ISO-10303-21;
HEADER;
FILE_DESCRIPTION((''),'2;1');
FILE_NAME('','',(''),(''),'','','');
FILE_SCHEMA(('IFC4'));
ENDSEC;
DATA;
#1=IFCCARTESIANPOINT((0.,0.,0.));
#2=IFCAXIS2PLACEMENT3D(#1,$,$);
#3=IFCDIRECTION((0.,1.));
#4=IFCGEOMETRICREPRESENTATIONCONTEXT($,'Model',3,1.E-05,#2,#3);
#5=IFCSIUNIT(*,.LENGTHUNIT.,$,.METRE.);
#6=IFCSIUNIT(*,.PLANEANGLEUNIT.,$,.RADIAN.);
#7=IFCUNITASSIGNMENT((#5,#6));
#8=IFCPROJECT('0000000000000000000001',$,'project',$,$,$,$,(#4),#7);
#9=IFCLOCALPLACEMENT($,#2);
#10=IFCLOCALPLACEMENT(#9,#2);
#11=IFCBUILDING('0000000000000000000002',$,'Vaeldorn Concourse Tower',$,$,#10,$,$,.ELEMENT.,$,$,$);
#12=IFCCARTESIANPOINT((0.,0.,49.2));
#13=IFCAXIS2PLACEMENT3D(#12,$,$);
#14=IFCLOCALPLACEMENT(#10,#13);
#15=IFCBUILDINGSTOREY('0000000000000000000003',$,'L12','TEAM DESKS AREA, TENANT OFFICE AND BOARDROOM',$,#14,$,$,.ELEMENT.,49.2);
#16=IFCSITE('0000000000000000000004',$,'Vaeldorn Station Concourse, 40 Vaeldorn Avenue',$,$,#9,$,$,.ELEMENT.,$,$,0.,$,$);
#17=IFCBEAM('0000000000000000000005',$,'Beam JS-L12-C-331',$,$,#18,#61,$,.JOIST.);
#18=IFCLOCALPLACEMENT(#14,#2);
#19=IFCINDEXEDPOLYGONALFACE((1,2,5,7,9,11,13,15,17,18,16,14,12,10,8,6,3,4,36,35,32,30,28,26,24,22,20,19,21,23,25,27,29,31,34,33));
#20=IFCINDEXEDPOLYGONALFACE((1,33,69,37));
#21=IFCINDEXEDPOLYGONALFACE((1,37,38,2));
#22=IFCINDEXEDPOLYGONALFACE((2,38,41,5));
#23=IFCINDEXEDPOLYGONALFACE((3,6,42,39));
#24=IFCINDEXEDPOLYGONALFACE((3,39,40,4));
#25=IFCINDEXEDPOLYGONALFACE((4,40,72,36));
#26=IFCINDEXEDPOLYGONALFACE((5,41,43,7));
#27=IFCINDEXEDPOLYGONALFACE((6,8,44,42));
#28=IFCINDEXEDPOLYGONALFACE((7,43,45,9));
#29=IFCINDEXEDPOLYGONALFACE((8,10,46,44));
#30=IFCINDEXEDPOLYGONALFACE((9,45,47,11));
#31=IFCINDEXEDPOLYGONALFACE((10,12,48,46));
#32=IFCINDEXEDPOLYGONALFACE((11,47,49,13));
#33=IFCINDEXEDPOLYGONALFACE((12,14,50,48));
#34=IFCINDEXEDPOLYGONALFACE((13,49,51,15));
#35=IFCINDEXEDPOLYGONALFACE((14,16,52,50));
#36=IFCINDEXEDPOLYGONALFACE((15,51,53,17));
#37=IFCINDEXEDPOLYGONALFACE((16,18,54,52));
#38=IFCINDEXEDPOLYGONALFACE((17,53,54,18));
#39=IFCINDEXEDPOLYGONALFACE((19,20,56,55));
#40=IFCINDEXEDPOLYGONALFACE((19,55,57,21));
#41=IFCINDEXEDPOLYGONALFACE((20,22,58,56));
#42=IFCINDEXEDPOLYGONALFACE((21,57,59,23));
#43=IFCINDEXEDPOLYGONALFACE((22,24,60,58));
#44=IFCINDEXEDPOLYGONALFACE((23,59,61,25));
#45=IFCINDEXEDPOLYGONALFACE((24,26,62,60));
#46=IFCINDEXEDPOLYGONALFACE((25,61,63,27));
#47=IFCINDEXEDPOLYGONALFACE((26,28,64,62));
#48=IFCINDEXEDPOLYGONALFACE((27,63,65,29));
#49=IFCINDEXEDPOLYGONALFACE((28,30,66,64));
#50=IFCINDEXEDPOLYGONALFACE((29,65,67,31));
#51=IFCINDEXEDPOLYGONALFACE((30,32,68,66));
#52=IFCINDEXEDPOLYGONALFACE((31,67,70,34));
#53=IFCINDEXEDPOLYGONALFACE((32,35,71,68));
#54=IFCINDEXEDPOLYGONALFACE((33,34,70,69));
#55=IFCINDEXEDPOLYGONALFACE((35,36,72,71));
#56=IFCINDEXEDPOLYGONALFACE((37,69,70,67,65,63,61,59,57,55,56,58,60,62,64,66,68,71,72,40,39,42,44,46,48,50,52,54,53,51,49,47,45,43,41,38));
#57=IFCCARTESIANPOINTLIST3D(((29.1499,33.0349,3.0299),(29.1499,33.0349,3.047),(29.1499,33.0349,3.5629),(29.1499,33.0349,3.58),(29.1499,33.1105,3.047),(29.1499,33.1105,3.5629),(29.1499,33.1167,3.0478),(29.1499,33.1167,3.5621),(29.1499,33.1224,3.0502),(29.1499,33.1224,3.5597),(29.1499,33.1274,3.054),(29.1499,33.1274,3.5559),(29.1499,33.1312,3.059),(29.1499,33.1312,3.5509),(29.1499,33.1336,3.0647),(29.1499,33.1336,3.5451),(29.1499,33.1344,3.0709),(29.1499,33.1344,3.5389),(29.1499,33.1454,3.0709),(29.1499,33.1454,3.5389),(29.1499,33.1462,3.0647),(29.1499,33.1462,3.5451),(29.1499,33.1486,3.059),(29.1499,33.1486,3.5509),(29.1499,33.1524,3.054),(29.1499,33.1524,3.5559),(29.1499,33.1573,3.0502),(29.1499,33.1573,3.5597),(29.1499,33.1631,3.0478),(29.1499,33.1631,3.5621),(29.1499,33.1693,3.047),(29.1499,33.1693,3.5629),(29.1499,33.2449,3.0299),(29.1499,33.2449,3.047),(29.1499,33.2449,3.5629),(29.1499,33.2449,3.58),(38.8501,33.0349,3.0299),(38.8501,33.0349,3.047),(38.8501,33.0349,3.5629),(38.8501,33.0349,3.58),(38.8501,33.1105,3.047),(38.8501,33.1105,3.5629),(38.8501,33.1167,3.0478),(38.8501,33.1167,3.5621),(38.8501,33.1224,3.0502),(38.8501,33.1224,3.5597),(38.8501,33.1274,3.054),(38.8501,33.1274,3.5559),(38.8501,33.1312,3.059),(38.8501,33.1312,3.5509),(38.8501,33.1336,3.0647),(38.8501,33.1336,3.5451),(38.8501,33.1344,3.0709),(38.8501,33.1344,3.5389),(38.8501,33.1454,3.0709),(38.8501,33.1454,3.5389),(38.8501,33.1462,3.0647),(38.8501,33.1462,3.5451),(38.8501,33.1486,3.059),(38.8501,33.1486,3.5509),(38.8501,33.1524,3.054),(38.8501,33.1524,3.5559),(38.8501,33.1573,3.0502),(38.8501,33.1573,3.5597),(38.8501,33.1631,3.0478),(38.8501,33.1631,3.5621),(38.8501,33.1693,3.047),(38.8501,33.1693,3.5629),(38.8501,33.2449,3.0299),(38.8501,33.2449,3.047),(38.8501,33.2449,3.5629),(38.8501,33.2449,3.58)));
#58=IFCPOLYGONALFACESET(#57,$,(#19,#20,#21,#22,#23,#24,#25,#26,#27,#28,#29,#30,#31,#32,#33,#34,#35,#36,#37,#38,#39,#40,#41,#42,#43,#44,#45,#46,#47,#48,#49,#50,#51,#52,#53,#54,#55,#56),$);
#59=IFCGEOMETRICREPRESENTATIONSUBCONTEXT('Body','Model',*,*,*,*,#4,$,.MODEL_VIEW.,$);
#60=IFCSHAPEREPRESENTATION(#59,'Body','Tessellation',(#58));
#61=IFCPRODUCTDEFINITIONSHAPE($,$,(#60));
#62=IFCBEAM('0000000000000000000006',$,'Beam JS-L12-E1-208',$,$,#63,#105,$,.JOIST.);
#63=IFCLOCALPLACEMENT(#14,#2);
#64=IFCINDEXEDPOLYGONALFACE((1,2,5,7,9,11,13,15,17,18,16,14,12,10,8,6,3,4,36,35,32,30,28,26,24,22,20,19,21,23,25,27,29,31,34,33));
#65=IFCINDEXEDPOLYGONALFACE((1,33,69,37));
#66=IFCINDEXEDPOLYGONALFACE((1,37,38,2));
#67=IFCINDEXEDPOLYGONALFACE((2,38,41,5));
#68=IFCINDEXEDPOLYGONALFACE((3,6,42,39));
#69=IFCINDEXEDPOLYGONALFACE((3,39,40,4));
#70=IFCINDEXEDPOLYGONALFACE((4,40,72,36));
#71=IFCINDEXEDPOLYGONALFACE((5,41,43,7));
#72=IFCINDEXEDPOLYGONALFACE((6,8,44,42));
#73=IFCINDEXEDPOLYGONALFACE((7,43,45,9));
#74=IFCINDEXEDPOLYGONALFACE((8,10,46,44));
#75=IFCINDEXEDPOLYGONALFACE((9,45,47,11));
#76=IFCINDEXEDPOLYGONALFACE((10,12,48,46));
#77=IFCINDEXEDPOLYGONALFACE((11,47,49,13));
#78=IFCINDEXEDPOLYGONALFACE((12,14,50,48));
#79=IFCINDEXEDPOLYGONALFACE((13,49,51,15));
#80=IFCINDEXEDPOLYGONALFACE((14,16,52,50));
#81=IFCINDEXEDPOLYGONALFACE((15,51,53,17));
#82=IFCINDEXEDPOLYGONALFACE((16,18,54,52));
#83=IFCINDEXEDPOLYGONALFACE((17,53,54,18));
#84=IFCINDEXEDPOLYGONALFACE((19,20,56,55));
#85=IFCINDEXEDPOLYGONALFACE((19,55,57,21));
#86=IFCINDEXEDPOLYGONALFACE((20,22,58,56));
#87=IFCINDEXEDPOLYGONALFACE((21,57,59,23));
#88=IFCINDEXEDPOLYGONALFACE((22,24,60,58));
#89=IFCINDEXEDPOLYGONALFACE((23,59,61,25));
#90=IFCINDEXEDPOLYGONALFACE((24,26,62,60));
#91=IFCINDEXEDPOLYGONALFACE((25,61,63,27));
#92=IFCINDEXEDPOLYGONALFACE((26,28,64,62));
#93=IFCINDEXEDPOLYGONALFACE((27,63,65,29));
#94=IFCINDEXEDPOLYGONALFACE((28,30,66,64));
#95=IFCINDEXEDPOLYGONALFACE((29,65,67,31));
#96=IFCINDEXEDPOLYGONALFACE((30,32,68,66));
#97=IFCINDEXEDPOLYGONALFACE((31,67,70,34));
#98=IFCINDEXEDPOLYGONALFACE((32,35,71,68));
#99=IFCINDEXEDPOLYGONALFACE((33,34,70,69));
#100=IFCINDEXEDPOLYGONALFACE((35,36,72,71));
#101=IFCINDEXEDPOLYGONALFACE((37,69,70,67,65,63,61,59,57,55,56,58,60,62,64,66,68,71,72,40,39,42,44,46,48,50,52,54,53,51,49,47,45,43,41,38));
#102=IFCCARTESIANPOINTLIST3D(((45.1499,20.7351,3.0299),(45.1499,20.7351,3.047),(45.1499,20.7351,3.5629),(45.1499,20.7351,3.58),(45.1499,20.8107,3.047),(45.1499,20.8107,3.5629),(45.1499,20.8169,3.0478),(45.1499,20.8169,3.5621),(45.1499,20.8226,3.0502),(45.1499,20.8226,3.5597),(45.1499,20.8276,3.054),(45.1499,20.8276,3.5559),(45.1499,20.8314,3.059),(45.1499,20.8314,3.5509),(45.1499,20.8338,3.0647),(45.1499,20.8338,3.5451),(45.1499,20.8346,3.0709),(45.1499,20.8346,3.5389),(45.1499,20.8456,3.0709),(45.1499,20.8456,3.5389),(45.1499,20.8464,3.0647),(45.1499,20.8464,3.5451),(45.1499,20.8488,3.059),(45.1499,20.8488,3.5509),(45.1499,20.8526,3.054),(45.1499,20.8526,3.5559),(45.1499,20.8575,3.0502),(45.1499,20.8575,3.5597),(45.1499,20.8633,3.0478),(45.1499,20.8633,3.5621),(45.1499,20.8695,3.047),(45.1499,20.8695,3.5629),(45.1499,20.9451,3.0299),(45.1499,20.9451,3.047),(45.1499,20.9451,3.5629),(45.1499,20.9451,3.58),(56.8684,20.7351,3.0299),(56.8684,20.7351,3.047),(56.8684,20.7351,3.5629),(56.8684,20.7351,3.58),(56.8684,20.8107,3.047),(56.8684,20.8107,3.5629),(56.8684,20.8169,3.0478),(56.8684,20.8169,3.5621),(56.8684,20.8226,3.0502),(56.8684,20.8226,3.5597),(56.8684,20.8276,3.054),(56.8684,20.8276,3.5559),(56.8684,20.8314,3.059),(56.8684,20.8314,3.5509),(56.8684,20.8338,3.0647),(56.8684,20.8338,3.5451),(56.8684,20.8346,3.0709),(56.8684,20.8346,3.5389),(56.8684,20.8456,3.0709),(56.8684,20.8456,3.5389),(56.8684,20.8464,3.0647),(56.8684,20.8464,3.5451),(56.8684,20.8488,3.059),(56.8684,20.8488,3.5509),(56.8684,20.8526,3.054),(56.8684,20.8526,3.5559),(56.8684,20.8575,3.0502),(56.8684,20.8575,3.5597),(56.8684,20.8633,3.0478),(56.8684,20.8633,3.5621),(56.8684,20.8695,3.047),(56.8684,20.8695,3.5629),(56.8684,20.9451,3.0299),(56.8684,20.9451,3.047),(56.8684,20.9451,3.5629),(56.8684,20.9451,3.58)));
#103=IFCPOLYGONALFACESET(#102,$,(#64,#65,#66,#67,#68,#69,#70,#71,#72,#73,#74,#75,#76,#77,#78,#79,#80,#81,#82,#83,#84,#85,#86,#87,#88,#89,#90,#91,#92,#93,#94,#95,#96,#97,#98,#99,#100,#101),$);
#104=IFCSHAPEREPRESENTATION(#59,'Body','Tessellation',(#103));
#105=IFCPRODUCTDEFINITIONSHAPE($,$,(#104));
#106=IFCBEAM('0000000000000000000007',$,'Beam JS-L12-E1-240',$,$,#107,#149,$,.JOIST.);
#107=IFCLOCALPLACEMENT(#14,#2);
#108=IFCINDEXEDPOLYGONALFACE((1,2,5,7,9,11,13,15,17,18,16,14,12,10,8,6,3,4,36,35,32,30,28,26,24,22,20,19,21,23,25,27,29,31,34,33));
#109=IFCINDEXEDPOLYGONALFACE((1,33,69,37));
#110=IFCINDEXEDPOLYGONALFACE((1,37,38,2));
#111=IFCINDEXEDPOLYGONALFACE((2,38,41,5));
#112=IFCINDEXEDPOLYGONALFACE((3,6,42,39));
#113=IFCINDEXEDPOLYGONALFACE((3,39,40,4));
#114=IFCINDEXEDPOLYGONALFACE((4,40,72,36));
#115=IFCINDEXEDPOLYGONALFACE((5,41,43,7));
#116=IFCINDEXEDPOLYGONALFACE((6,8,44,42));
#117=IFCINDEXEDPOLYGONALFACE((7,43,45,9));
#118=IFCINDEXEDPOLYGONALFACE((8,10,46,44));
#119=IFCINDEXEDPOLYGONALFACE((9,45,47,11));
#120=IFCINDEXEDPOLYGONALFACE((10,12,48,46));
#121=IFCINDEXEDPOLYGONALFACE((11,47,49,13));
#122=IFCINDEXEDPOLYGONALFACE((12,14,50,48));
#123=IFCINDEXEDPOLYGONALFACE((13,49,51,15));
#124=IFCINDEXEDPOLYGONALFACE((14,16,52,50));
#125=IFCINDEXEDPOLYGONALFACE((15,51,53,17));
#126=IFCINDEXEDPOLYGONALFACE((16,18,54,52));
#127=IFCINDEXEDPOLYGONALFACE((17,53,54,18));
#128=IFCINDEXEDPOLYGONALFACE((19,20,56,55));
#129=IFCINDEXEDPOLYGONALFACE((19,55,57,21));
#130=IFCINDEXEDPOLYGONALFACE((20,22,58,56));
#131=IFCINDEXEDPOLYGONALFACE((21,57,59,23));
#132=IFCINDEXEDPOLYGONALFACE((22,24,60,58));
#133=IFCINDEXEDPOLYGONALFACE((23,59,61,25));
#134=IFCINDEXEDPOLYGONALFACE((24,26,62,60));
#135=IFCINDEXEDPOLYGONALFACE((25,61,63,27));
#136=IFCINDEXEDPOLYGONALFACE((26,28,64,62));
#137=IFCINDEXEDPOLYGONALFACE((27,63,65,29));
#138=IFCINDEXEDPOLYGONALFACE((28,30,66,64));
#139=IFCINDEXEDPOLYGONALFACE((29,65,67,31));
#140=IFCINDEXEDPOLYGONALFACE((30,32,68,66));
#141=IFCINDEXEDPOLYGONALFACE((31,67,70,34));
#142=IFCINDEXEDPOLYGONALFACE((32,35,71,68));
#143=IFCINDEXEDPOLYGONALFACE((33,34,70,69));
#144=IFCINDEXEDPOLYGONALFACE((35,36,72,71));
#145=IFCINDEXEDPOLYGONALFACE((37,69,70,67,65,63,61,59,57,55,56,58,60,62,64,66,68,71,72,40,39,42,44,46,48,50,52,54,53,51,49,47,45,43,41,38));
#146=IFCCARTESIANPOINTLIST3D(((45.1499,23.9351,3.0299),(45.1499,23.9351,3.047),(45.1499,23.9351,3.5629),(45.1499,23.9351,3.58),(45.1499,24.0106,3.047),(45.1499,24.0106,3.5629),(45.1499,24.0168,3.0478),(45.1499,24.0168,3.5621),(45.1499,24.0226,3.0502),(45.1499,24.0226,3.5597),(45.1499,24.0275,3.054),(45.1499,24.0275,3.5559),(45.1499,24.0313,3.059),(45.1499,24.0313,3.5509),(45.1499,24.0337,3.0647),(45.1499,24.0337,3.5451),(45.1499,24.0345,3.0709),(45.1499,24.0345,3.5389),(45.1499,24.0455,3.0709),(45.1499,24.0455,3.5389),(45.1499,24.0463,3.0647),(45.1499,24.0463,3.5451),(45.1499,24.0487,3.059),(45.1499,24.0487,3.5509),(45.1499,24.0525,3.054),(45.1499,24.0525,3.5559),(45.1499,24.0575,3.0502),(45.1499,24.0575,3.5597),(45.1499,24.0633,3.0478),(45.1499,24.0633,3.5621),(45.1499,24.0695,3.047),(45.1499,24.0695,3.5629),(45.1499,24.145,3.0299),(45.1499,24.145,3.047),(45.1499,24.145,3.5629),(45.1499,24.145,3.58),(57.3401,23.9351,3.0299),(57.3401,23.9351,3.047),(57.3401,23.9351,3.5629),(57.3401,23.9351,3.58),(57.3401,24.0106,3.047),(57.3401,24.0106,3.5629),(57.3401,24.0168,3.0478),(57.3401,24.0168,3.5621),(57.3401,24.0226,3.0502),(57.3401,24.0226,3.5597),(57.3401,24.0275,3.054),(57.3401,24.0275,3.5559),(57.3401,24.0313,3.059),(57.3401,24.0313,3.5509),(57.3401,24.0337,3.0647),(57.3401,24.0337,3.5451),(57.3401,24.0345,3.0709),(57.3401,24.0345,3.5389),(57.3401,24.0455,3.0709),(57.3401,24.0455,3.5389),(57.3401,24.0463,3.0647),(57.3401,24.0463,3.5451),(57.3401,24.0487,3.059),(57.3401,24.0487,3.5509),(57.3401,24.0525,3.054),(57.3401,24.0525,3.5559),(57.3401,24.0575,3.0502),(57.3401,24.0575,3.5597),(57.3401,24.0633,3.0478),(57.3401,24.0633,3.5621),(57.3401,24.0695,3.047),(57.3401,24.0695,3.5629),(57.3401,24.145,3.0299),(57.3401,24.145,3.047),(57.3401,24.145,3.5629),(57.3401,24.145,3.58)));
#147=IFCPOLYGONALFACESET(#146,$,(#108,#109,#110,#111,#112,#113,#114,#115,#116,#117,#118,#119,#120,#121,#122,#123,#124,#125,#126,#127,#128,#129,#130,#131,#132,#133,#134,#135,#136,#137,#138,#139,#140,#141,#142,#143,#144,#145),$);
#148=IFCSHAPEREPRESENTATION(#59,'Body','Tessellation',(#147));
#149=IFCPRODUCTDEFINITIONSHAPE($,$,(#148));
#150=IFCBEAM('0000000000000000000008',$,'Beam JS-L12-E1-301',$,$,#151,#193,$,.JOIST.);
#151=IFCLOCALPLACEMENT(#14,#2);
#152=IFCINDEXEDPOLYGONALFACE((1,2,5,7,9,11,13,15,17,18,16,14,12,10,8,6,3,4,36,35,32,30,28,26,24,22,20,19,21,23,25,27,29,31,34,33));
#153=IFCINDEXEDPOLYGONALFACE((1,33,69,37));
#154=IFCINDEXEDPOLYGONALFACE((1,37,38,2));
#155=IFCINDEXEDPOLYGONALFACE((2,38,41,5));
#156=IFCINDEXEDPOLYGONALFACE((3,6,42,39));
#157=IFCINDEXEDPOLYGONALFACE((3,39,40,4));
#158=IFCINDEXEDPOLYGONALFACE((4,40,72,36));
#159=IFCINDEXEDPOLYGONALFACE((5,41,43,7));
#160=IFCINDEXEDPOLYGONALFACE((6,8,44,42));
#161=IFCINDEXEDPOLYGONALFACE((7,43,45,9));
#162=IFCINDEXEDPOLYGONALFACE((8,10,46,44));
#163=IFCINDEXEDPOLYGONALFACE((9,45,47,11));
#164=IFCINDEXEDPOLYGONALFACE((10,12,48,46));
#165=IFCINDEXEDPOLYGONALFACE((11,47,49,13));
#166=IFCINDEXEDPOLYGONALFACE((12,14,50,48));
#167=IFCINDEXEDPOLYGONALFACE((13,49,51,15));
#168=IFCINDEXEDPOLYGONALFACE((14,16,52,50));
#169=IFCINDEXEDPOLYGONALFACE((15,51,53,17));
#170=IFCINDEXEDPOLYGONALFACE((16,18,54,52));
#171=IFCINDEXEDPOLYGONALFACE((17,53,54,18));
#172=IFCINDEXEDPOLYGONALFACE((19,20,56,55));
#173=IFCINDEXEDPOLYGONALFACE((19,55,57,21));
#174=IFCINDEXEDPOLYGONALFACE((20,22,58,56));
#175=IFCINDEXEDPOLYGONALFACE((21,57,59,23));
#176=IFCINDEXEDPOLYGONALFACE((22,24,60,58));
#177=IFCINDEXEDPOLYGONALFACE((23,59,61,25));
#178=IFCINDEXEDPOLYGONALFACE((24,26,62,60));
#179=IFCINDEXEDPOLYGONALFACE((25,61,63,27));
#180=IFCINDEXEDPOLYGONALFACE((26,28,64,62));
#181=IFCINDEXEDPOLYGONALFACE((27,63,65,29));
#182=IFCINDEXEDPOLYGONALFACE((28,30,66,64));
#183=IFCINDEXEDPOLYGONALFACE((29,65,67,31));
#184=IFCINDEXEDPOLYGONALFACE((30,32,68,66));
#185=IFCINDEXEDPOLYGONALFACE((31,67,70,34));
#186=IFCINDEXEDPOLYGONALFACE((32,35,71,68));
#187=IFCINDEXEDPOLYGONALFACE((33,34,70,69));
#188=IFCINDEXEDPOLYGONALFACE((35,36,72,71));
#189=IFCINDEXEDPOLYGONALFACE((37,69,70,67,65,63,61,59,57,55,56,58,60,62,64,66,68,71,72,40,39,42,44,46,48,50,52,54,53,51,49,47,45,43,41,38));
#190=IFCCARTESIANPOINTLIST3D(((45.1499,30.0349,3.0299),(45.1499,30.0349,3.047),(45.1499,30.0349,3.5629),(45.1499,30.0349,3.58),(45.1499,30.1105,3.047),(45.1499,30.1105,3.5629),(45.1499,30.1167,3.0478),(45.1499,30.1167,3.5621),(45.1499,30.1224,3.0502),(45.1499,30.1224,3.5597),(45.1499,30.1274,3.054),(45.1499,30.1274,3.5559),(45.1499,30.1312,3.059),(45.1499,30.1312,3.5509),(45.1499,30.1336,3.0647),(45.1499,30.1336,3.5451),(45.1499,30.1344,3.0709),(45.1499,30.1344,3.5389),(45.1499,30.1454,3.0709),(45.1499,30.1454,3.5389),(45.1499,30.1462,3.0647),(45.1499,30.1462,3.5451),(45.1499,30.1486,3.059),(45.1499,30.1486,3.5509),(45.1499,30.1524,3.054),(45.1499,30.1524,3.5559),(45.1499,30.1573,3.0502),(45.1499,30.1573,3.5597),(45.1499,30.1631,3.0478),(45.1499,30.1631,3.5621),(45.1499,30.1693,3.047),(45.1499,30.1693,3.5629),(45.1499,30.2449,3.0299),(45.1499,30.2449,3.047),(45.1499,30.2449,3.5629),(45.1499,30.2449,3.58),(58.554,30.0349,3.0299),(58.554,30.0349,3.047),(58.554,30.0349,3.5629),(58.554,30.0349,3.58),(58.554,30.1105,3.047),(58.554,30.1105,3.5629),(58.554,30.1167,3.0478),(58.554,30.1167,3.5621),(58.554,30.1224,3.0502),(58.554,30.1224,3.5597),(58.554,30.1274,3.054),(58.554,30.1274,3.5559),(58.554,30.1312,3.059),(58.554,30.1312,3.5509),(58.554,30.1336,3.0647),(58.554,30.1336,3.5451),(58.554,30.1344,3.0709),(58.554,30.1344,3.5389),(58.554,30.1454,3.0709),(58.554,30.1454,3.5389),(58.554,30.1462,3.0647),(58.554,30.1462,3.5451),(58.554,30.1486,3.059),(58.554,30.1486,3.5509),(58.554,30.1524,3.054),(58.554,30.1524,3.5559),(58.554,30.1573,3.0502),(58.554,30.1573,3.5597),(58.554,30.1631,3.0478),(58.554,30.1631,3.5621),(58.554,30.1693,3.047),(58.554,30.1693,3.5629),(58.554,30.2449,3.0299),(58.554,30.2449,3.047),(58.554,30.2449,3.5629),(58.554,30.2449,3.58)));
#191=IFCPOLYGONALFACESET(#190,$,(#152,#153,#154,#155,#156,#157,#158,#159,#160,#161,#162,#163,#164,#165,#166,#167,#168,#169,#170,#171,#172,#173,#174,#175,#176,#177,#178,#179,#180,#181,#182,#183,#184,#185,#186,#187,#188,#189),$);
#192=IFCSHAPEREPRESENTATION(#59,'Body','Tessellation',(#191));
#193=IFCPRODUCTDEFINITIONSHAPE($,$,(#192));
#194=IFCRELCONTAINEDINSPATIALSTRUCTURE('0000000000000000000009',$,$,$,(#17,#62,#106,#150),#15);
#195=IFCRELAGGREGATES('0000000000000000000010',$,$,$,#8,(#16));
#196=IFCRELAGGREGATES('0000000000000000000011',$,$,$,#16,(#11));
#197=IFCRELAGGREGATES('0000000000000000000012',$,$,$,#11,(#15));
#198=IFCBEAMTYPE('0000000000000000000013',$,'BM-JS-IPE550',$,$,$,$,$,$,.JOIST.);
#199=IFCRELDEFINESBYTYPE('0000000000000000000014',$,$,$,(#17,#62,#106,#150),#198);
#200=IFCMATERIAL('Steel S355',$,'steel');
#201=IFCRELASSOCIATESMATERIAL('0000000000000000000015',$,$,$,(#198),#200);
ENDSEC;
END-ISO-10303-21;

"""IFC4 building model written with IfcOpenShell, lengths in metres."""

from ifc_helpers import new_model, si_unit, direction, frame, origin, origin_2d, place, context, subcontext, project, spatial, i_section, extrude, source, transform, mapped, material, material_profile, profile_set, type_object, element, save


model = new_model("IFC4")

# Units and contexts
model_context = context("Model", 3, precision=1e-05, world=origin(), true_north=direction((0.0, 1.0)))
body_context = subcontext(model_context, "Body", "Model", "MODEL_VIEW")
ifc_project = project(units=[si_unit("LENGTHUNIT", "METRE"), si_unit("PLANEANGLEUNIT", "RADIAN")], contexts=[model_context])

# Site, building, storey
site_placement = place(None, origin())
site = spatial("IfcSite", under=ifc_project, at=site_placement, Name="Vaeldorn Station Concourse, 40 Vaeldorn Avenue", CompositionType="ELEMENT", RefElevation=0.0)
building_placement = place(site_placement, origin())
building = spatial("IfcBuilding", under=site, at=building_placement, Name="Vaeldorn Concourse Tower", CompositionType="ELEMENT")
storey_placement = place(building_placement, frame((0.0, 0.0, 49.2)))
storey = spatial("IfcBuildingStorey", under=building, at=storey_placement, Name="L12", Description="TEAM DESKS AREA, TENANT OFFICE AND BOARDROOM", CompositionType="ELEMENT", Elevation=49.2)

# Beams
ifc_material_1 = material(Name="Steel S355", Category="steel")
ifc_material_profile_1 = material_profile(ifc_material_1, i_section(OverallWidth=0.21, OverallDepth=0.55, WebThickness=0.011, FlangeThickness=0.0171, FilletRadius=0.0239, at=origin_2d()), Name="IPE 550")
ifc_profile_set_1 = profile_set([ifc_material_profile_1], Name="Steel S355")
beam_type_1 = type_object("IfcBeamType", Name="BM-JS-IPE550", PredefinedType="JOIST", material=ifc_profile_set_1)
shared_shape_1 = source(origin(), body_context, "Body", "SweptSolid", [
    extrude(i_section(OverallWidth=0.21, OverallDepth=0.55, WebThickness=0.011, FlangeThickness=0.0171, FilletRadius=0.0239, at=origin_2d()), origin(), (0.0, 0.0, 1.0), 9.7002),
])
for number, where, z_axis, x_axis, name in (
    (1, (29.1499, 33.1399, 3.3049), (1.0, 0.0, 0.0), (0.0, 1.0, 0.0), "Beam JS-L12-C-331"),
):
    element("IfcBeam", number, at=place(storey_placement, frame(where, z_axis=z_axis, x_axis=x_axis)), inside=storey, type_object=beam_type_1, Name=name, PredefinedType="JOIST", context=body_context, shape_type="MappedRepresentation", body=[
        mapped(shared_shape_1, transform((0.0, 0.0, 0.0), scale=1.0)),
    ])
shared_shape_2 = source(origin(), body_context, "Body", "SweptSolid", [
    extrude(i_section(OverallWidth=0.21, OverallDepth=0.55, WebThickness=0.011, FlangeThickness=0.0171, FilletRadius=0.0239, at=origin_2d()), origin(), (0.0, 0.0, 1.0), 11.7185),
])
beam_1_placement = place(storey_placement, frame((45.1499, 20.8401, 3.3049), z_axis=(1.0, 0.0, 0.0), x_axis=(0.0, 1.0, 0.0)))
element("IfcBeam", 2, at=beam_1_placement, inside=storey, type_object=beam_type_1, Name="Beam JS-L12-E1-208", PredefinedType="JOIST", context=body_context, shape_type="MappedRepresentation", body=[
    mapped(shared_shape_2, transform((0.0, 0.0, 0.0), scale=1.0)),
])
shared_shape_3 = source(origin(), body_context, "Body", "SweptSolid", [
    extrude(i_section(OverallWidth=0.21, OverallDepth=0.55, WebThickness=0.011, FlangeThickness=0.0171, FilletRadius=0.0239, at=origin_2d()), origin(), (0.0, 0.0, 1.0), 12.1902),
])
beam_2_placement = place(storey_placement, frame((45.1499, 24.04, 3.3049), z_axis=(1.0, 0.0, 0.0), x_axis=(0.0, 1.0, 0.0)))
element("IfcBeam", 3, at=beam_2_placement, inside=storey, type_object=beam_type_1, Name="Beam JS-L12-E1-240", PredefinedType="JOIST", context=body_context, shape_type="MappedRepresentation", body=[
    mapped(shared_shape_3, transform((0.0, 0.0, 0.0), scale=1.0)),
])
shared_shape_4 = source(origin(), body_context, "Body", "SweptSolid", [
    extrude(i_section(OverallWidth=0.21, OverallDepth=0.55, WebThickness=0.011, FlangeThickness=0.0171, FilletRadius=0.0239, at=origin_2d()), origin(), (0.0, 0.0, 1.0), 13.4041),
])
beam_3_placement = place(storey_placement, frame((45.1499, 30.1399, 3.3049), z_axis=(1.0, 0.0, 0.0), x_axis=(0.0, 1.0, 0.0)))
element("IfcBeam", 4, at=beam_3_placement, inside=storey, type_object=beam_type_1, Name="Beam JS-L12-E1-301", PredefinedType="JOIST", context=body_context, shape_type="MappedRepresentation", body=[
    mapped(shared_shape_4, transform((0.0, 0.0, 0.0), scale=1.0)),
])

save(model, "model.ifc")
